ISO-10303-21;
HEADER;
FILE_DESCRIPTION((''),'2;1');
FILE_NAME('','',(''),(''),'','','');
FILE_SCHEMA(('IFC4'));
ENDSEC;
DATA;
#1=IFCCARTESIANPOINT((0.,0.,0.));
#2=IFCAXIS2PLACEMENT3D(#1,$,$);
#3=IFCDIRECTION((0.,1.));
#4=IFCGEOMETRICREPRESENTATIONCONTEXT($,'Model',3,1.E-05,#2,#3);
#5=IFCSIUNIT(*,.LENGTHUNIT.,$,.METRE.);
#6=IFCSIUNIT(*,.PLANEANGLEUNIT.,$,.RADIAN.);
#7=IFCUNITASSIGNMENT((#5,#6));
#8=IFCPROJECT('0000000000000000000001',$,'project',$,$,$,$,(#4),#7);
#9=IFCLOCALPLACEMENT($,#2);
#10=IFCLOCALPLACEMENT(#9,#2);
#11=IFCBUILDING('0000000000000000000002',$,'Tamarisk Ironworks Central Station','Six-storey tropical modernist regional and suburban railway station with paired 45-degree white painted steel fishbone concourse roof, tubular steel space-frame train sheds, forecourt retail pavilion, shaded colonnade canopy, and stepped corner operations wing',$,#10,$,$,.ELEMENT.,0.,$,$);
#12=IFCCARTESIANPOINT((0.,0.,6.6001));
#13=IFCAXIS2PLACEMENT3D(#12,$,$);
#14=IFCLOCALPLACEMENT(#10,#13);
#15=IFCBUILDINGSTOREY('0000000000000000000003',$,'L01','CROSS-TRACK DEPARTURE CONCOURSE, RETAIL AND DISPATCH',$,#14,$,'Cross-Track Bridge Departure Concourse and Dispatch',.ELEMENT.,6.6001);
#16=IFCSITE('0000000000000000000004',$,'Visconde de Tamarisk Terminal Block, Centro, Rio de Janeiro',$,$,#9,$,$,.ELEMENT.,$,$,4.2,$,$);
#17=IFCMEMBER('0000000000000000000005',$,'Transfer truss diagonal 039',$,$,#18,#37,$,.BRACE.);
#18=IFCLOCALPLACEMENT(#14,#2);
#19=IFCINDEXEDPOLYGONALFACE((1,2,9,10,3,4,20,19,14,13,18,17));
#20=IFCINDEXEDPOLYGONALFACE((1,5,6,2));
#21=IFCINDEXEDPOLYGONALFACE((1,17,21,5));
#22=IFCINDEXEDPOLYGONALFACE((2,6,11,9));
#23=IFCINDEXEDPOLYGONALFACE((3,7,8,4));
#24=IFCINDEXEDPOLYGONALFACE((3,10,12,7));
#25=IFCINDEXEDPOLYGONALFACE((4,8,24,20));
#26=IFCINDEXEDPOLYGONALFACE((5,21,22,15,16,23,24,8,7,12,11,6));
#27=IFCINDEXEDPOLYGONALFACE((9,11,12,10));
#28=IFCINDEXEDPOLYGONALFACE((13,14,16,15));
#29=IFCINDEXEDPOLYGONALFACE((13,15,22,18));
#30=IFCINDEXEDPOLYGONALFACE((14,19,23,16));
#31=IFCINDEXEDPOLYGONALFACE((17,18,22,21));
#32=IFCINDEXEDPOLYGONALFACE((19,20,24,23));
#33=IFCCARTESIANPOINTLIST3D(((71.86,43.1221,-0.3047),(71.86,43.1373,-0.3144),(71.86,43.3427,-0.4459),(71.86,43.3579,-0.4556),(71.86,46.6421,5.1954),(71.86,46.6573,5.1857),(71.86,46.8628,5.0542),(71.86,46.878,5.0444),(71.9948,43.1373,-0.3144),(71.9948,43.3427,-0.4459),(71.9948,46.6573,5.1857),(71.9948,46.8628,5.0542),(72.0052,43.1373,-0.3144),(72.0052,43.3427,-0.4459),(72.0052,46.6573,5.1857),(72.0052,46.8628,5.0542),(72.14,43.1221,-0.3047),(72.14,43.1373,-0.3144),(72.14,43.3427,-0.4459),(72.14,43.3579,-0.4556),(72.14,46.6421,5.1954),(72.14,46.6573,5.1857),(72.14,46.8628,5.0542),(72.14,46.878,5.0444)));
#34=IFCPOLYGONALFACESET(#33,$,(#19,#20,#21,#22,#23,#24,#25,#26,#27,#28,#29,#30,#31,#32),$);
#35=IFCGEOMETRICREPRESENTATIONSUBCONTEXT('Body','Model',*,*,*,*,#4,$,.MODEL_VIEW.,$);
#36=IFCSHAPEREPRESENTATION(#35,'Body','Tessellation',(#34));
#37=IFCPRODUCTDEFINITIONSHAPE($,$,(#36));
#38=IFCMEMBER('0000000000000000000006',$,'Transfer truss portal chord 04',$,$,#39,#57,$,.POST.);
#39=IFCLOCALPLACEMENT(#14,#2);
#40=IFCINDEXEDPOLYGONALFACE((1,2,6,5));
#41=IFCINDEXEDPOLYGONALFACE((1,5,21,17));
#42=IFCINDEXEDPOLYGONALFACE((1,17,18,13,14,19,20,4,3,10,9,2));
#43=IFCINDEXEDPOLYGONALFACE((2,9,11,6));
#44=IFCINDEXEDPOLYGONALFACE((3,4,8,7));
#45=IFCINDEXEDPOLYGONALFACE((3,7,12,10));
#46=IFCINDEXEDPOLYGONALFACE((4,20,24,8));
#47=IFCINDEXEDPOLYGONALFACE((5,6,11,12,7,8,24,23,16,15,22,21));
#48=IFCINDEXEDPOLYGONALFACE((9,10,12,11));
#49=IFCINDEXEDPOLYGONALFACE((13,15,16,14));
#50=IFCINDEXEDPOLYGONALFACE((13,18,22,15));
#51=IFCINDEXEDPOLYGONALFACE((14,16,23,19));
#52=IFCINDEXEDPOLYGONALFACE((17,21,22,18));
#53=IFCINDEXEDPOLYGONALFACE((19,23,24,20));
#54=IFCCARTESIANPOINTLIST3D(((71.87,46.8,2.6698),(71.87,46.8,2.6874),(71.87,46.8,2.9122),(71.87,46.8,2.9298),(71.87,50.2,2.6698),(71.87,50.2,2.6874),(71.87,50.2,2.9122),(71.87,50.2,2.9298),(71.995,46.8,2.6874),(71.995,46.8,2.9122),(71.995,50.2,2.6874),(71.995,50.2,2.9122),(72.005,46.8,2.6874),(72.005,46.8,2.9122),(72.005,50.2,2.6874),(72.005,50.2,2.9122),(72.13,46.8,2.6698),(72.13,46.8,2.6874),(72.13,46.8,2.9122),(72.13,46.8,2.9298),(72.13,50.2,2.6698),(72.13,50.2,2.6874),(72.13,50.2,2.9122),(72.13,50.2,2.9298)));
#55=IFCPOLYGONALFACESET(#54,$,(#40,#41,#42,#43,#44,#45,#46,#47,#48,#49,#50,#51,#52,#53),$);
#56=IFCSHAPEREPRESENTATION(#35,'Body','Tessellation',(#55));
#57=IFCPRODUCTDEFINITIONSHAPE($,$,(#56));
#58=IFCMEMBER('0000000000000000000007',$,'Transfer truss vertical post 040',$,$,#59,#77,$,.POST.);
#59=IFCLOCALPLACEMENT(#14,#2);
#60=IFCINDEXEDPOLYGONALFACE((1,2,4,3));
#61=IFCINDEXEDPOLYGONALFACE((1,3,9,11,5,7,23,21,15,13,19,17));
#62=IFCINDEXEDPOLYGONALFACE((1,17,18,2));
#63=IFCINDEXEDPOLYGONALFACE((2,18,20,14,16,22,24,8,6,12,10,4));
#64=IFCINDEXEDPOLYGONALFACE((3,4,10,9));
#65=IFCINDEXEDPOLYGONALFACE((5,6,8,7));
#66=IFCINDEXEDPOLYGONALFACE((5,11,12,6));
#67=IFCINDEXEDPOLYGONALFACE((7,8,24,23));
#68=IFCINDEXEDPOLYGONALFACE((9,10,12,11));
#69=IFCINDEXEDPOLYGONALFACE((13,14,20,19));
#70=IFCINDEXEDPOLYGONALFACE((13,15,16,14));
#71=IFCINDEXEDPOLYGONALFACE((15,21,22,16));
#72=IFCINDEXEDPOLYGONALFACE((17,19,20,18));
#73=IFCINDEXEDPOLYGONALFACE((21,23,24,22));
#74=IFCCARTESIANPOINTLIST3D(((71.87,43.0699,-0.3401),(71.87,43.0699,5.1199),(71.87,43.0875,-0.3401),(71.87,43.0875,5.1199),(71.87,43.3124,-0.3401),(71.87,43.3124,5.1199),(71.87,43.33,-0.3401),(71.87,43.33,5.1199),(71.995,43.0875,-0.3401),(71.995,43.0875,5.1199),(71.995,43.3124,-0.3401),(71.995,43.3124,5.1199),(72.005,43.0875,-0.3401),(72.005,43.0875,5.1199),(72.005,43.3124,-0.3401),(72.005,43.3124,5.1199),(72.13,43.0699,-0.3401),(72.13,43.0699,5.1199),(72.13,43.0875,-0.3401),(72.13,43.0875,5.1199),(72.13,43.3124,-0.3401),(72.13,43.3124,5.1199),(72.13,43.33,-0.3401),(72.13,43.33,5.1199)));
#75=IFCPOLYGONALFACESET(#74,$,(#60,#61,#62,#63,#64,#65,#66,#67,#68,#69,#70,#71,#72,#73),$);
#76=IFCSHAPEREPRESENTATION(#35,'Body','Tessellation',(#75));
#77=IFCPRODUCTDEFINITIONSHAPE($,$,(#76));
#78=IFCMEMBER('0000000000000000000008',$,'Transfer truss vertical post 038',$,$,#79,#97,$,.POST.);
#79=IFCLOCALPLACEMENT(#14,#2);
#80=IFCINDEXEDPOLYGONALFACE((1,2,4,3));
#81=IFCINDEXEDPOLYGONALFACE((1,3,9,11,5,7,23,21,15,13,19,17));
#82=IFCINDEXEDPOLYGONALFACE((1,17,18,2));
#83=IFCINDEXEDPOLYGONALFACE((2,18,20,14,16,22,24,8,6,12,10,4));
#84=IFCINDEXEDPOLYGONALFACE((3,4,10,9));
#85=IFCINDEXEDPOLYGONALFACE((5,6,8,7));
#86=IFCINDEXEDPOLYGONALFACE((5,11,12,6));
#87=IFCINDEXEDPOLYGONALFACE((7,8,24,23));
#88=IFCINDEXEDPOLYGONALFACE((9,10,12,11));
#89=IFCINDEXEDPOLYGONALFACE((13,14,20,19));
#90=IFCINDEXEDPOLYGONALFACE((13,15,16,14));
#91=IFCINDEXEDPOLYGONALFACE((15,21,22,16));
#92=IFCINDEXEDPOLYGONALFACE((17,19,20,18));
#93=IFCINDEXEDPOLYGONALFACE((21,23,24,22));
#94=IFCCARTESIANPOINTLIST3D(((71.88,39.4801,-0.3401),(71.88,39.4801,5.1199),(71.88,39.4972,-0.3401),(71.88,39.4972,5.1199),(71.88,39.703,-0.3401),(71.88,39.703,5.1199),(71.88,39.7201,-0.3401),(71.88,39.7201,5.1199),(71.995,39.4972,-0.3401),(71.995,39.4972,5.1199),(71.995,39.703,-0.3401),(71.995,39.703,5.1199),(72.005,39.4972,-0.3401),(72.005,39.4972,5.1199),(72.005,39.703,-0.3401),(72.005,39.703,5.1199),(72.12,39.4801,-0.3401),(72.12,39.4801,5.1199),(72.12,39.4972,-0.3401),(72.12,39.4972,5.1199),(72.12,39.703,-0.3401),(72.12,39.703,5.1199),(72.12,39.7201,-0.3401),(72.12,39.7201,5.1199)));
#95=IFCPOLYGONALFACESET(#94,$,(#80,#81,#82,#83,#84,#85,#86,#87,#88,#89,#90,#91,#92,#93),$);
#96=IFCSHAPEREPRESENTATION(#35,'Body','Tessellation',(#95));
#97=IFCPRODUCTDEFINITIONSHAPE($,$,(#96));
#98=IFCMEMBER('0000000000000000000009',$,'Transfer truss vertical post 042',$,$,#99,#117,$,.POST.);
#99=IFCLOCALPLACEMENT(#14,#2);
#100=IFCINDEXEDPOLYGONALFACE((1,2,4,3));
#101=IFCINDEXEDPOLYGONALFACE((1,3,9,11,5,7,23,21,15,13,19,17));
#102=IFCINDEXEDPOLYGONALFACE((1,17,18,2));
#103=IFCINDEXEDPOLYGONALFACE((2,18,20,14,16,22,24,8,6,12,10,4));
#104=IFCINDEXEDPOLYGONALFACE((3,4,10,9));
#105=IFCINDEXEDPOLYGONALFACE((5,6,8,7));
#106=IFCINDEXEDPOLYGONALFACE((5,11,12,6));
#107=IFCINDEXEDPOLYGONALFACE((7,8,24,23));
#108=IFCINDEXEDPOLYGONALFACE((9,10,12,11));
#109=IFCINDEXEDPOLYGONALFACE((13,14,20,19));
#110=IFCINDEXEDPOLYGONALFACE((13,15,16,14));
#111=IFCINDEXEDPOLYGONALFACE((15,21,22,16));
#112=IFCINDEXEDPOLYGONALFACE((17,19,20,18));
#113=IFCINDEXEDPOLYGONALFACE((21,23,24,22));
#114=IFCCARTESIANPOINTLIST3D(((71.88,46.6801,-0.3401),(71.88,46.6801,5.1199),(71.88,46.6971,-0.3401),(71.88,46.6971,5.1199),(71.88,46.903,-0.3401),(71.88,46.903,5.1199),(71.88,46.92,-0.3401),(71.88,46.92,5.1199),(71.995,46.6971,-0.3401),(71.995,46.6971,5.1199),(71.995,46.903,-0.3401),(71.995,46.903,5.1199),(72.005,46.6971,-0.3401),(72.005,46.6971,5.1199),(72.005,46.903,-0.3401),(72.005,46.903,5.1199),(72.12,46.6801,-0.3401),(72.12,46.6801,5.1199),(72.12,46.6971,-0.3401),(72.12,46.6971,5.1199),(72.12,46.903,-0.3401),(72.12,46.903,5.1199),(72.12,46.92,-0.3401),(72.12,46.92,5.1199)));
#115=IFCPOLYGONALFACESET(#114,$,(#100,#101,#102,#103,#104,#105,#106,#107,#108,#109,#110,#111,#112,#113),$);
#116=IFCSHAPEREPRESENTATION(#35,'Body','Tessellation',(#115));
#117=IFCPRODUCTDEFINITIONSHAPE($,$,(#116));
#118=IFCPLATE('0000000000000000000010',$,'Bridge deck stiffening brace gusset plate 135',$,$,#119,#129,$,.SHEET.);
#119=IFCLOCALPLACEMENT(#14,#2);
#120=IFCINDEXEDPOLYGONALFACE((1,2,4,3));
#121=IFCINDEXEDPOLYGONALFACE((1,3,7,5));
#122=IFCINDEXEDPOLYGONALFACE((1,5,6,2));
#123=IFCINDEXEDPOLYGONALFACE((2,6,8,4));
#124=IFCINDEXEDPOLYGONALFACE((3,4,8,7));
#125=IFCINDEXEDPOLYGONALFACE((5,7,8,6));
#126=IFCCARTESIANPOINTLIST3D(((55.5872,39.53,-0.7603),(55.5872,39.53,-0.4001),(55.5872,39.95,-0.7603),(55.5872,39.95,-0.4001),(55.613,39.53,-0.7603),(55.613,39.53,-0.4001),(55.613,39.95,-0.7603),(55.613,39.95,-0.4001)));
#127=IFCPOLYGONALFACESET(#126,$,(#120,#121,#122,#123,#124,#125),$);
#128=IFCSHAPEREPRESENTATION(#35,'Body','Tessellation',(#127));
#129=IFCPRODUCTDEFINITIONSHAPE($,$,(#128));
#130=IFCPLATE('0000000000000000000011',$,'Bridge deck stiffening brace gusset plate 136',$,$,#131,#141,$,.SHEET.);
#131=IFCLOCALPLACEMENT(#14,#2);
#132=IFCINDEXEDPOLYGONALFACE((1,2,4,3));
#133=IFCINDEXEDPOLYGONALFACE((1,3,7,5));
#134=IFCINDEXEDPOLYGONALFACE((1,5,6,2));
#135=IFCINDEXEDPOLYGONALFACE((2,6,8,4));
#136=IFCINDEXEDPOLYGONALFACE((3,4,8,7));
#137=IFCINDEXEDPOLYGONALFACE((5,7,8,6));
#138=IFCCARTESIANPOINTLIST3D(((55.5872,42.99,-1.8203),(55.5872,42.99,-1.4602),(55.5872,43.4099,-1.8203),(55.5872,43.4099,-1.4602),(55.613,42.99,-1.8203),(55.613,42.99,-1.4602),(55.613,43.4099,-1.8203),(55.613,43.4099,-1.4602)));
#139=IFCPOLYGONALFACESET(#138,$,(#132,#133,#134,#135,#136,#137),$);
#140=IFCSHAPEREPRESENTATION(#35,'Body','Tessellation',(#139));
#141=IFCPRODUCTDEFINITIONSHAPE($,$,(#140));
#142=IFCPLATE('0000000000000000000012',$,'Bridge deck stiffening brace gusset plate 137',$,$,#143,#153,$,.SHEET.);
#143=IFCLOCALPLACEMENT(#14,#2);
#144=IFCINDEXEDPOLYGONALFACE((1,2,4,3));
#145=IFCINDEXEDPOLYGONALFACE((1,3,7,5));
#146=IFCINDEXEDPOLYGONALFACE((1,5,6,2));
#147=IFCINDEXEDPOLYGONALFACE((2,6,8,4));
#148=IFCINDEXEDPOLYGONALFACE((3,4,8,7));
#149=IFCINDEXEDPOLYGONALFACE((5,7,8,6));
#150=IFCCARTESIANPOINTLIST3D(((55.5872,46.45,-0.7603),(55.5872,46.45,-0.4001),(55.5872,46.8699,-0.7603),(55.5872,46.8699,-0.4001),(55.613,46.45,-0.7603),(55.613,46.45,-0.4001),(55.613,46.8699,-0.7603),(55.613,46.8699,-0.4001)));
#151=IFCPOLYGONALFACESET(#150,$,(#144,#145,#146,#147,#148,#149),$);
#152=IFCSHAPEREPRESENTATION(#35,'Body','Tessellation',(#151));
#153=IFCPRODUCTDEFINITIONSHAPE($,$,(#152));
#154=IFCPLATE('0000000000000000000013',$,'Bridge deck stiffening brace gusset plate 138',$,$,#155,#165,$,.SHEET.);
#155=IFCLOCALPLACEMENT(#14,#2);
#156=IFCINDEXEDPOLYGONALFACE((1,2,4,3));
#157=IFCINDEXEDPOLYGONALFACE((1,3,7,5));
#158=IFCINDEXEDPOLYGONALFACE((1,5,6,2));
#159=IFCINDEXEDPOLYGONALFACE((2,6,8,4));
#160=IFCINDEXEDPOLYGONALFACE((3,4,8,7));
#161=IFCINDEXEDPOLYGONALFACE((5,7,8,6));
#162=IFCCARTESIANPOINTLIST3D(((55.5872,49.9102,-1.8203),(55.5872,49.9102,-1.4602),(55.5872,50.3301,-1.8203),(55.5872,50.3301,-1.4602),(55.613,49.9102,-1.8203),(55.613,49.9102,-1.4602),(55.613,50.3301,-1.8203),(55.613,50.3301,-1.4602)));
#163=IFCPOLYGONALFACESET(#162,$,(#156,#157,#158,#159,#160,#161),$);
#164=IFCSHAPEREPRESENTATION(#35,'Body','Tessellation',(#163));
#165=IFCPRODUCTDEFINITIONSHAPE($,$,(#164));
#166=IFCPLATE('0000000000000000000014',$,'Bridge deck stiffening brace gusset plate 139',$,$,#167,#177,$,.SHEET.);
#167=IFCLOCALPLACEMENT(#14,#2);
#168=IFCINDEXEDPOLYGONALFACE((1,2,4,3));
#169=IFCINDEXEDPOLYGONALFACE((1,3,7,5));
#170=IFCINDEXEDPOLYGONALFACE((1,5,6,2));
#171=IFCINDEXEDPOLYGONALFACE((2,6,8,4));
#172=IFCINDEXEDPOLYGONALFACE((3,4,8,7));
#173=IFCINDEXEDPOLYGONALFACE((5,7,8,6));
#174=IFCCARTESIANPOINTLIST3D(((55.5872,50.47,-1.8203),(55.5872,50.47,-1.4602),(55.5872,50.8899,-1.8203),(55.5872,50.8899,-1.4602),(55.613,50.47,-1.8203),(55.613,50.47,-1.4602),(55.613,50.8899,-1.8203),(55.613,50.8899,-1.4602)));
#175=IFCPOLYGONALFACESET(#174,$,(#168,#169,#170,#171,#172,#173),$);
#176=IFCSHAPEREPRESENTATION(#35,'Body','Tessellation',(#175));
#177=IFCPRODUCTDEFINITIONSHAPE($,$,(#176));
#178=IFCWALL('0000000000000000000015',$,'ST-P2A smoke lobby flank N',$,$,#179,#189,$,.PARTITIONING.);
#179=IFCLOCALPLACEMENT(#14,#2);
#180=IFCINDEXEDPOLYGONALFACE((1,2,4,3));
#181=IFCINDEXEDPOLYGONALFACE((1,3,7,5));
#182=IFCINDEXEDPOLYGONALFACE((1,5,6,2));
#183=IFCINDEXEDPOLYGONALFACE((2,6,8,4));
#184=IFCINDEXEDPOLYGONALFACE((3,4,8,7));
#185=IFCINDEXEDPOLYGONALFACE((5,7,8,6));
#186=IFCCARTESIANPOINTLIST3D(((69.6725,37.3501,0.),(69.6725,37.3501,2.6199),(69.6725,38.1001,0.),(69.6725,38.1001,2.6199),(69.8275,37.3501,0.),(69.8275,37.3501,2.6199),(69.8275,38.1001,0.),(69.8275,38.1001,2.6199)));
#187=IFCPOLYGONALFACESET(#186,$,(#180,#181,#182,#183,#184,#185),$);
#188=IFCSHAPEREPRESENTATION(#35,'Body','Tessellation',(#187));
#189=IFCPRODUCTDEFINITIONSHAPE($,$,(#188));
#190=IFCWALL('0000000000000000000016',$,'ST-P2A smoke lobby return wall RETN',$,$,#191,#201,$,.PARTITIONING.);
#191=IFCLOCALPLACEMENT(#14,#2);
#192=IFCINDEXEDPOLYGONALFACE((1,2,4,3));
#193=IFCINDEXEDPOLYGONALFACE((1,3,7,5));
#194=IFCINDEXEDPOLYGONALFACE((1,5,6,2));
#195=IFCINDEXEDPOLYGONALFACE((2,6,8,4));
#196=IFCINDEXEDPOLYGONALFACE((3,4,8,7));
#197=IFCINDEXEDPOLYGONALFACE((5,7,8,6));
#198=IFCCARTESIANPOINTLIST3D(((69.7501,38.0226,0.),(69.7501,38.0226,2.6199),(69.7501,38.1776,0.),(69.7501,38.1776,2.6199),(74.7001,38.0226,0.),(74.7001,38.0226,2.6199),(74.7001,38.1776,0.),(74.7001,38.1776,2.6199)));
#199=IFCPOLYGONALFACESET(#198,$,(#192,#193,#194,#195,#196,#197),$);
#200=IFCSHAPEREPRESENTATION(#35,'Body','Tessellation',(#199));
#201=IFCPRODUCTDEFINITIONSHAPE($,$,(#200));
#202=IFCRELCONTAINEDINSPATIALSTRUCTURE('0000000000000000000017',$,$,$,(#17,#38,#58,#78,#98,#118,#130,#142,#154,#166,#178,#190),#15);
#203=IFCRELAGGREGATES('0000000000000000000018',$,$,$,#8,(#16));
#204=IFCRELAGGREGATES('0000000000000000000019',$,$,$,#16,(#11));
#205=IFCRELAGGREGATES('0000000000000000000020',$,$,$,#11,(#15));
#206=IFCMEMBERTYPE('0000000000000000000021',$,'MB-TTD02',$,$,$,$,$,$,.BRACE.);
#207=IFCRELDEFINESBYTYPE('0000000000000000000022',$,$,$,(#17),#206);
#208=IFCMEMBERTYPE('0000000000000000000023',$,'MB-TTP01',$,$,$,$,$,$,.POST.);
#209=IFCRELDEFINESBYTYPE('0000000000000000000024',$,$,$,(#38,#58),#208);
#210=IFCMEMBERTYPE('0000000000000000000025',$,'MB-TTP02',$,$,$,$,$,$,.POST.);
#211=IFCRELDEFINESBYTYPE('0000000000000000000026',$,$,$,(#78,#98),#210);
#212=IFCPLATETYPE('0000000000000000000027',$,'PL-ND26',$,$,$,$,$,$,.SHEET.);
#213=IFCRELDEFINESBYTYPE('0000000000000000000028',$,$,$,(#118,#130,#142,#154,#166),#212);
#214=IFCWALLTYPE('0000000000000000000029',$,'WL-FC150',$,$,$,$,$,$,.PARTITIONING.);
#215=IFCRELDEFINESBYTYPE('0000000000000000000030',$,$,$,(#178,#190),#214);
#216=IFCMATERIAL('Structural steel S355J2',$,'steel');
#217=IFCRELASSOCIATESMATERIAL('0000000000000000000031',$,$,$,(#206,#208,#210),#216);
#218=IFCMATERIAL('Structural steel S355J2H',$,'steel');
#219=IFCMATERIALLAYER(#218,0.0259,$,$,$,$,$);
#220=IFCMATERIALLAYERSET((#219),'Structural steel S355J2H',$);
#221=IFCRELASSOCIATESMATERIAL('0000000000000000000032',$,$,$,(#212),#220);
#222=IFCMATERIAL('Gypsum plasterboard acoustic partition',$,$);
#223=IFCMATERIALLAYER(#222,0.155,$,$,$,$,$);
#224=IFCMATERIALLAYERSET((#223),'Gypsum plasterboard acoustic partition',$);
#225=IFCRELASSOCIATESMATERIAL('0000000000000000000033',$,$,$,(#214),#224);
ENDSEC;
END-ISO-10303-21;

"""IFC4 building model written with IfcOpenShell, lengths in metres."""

from ifc_helpers import new_model, si_unit, direction, frame, frame_2d, origin, origin_2d, place, context, subcontext, project, spatial, rectangle, i_section, extrude, material, layer, layer_set, material_profile, profile_set, type_object, element, save


model = new_model("IFC4")

# Units and contexts
model_context = context("Model", 3, precision=1e-05, world=origin(), true_north=direction((0.0, 1.0)))
body_context = subcontext(model_context, "Body", "Model", "MODEL_VIEW")
ifc_project = project(units=[si_unit("LENGTHUNIT", "METRE"), si_unit("PLANEANGLEUNIT", "RADIAN")], contexts=[model_context])

# Site, building, storey
site_placement = place(None, origin())
site = spatial("IfcSite", under=ifc_project, at=site_placement, Name="Visconde de Tamarisk Terminal Block, Centro, Rio de Janeiro", CompositionType="ELEMENT", RefElevation=4.2)
building_placement = place(site_placement, origin())
building = spatial("IfcBuilding", under=site, at=building_placement, Name="Tamarisk Ironworks Central Station", Description="Six-storey tropical modernist regional and suburban railway station with paired 45-degree white painted steel fishbone concourse roof, tubular steel space-frame train sheds, forecourt retail pavilion, shaded colonnade canopy, and stepped corner operations wing", CompositionType="ELEMENT", ElevationOfRefHeight=0.0)
storey_placement = place(building_placement, frame((0.0, 0.0, 6.6001)))
storey = spatial("IfcBuildingStorey", under=building, at=storey_placement, Name="L01", Description="CROSS-TRACK DEPARTURE CONCOURSE, RETAIL AND DISPATCH", LongName="Cross-Track Bridge Departure Concourse and Dispatch", CompositionType="ELEMENT", Elevation=6.6001)

# Shared definitions
ifc_material_1 = material(Name="Structural steel S355J2", Category="steel")

# Members
ifc_material_2 = material(Name="Structural steel S355J2H", Category="steel")
ifc_material_profile_1 = material_profile(ifc_material_1, i_section(OverallWidth=0.28, OverallDepth=0.28, WebThickness=0.0105, FlangeThickness=0.0181, at=origin_2d()), Name="HEB 280")
ifc_profile_set_1 = profile_set([ifc_material_profile_1], Name="Structural steel S355J2")
member_type_1 = type_object("IfcMemberType", Name="MB-TTD02", PredefinedType="BRACE", material=ifc_profile_set_1)
for number, where, z_axis, x_axis, name in (
    (1, (72.0, 43.24, -0.3801), (0.0, 0.539056, 0.84227), (-1.0, 0.0, 0.0), "Transfer truss diagonal 039"),
):
    element("IfcMember", number, at=place(storey_placement, frame(where, z_axis=z_axis, x_axis=x_axis)), inside=storey, type_object=member_type_1, Name=name, PredefinedType="BRACE", context=body_context, shape_type="SweptSolid", body=[
        extrude(i_section(OverallWidth=0.28, OverallDepth=0.28, WebThickness=0.0105, FlangeThickness=0.0181, at=origin_2d()), origin(), (0.0, 0.0, 1.0), 6.53),
    ])
ifc_material_profile_2 = material_profile(ifc_material_1, i_section(OverallWidth=0.26, OverallDepth=0.26, WebThickness=0.01, FlangeThickness=0.0176, at=origin_2d()), Name="HEB 260")
ifc_profile_set_2 = profile_set([ifc_material_profile_2], Name="Structural steel S355J2")
member_type_2 = type_object("IfcMemberType", Name="MB-TTP01", PredefinedType="POST", material=ifc_profile_set_2)
member_1_placement = place(storey_placement, frame((72.0, 46.8, 2.7998), z_axis=(0.0, 1.0, 0.0), x_axis=(-1.0, 0.0, 0.0)))
element("IfcMember", 2, at=member_1_placement, inside=storey, type_object=member_type_2, Name="Transfer truss portal chord 04", PredefinedType="POST", context=body_context, shape_type="SweptSolid", body=[
    extrude(i_section(OverallWidth=0.26, OverallDepth=0.26, WebThickness=0.01, FlangeThickness=0.0176, at=origin_2d()), origin(), (0.0, 0.0, 1.0), 3.3999),
])
member_2_placement = place(storey_placement, frame((72.0, 43.2, -0.3401), z_axis=(0.0, 0.0, 1.0), x_axis=(1.0, 0.0, 0.0)))
element("IfcMember", 3, at=member_2_placement, inside=storey, type_object=member_type_2, Name="Transfer truss vertical post 040", PredefinedType="POST", context=body_context, shape_type="SweptSolid", body=[
    extrude(i_section(OverallWidth=0.26, OverallDepth=0.26, WebThickness=0.01, FlangeThickness=0.0176, at=origin_2d()), origin(), (0.0, 0.0, 1.0), 5.46),
])
ifc_material_profile_3 = material_profile(ifc_material_1, i_section(OverallWidth=0.24, OverallDepth=0.24, WebThickness=0.01, FlangeThickness=0.0171, at=origin_2d()), Name="HEB 240")
ifc_profile_set_3 = profile_set([ifc_material_profile_3], Name="Structural steel S355J2")
member_type_3 = type_object("IfcMemberType", Name="MB-TTP02", PredefinedType="POST", material=ifc_profile_set_3)
for number, where, z_axis, x_axis, name in (
    (4, (72.0, 39.6001, -0.3401), (0.0, 0.0, 1.0), (1.0, 0.0, 0.0), "Transfer truss vertical post 038"),
    (5, (72.0, 46.8, -0.3401), (0.0, 0.0, 1.0), (1.0, 0.0, 0.0), "Transfer truss vertical post 042"),
):
    element("IfcMember", number, at=place(storey_placement, frame(where, z_axis=z_axis, x_axis=x_axis)), inside=storey, type_object=member_type_3, Name=name, PredefinedType="POST", context=body_context, shape_type="SweptSolid", body=[
        extrude(i_section(OverallWidth=0.24, OverallDepth=0.24, WebThickness=0.01, FlangeThickness=0.0171, at=origin_2d()), origin(), (0.0, 0.0, 1.0), 5.46),
    ])

# Plates
ifc_layer_1 = layer(ifc_material_2, 0.0259)
ifc_layer_set_1 = layer_set([ifc_layer_1], Name="Structural steel S355J2H")
plate_type = type_object("IfcPlateType", Name="PL-ND26", PredefinedType="SHEET", material=ifc_layer_set_1)
for number, where, z_axis, x_axis, name in (
    (6, (55.6001, 39.74, -0.7603), (0.0, 0.0, 1.0), (1.0, 0.0, 0.0), "Bridge deck stiffening brace gusset plate 135"),
    (7, (55.6001, 43.2, -1.8203), (0.0, 0.0, 1.0), (1.0, 0.0, 0.0), "Bridge deck stiffening brace gusset plate 136"),
    (8, (55.6001, 46.6599, -0.7603), (0.0, 0.0, 1.0), (1.0, 0.0, 0.0), "Bridge deck stiffening brace gusset plate 137"),
    (9, (55.6001, 50.1201, -1.8203), (0.0, 0.0, 1.0), (1.0, 0.0, 0.0), "Bridge deck stiffening brace gusset plate 138"),
    (10, (55.6001, 50.6799, -1.8203), (0.0, 0.0, 1.0), (1.0, 0.0, 0.0), "Bridge deck stiffening brace gusset plate 139"),
):
    element("IfcPlate", number, at=place(storey_placement, frame(where, z_axis=z_axis, x_axis=x_axis)), inside=storey, type_object=plate_type, Name=name, PredefinedType="SHEET", context=body_context, shape_type="SweptSolid", body=[
        extrude(rectangle(XDim=0.0259, YDim=0.4199, at=origin_2d()), origin(), (0.0, 0.0, 1.0), 0.3601),
    ])

# Walls
ifc_material_3 = material(Name="Gypsum plasterboard acoustic partition")
ifc_layer_2 = layer(ifc_material_3, 0.155)
ifc_layer_set_2 = layer_set([ifc_layer_2], Name="Gypsum plasterboard acoustic partition")
wall_type = type_object("IfcWallType", Name="WL-FC150", PredefinedType="PARTITIONING", material=ifc_layer_set_2)
wall_1_placement = place(storey_placement, frame((69.75, 37.3501, 0.0), z_axis=(0.0, 0.0, 1.0), x_axis=(0.0, 1.0, 0.0)))
element("IfcWall", 11, at=wall_1_placement, inside=storey, type_object=wall_type, Name="ST-P2A smoke lobby flank N", PredefinedType="PARTITIONING", context=body_context, shape_type="SweptSolid", body=[
    extrude(rectangle(XDim=0.75, YDim=0.155, at=frame_2d((0.375, 0.0))), origin(), (0.0, 0.0, 1.0), 2.6199),
])
wall_2_placement = place(storey_placement, frame((69.75, 38.1001, 0.0), z_axis=(0.0, 0.0, 1.0), x_axis=(1.0, 0.0, 0.0)))
element("IfcWall", 12, at=wall_2_placement, inside=storey, type_object=wall_type, Name="ST-P2A smoke lobby return wall RETN", PredefinedType="PARTITIONING", context=body_context, shape_type="SweptSolid", body=[
    extrude(rectangle(XDim=4.95, YDim=0.155, at=frame_2d((2.4751, 0.0))), origin(), (0.0, 0.0, 1.0), 2.6199),
])

save(model, "model.ifc")
